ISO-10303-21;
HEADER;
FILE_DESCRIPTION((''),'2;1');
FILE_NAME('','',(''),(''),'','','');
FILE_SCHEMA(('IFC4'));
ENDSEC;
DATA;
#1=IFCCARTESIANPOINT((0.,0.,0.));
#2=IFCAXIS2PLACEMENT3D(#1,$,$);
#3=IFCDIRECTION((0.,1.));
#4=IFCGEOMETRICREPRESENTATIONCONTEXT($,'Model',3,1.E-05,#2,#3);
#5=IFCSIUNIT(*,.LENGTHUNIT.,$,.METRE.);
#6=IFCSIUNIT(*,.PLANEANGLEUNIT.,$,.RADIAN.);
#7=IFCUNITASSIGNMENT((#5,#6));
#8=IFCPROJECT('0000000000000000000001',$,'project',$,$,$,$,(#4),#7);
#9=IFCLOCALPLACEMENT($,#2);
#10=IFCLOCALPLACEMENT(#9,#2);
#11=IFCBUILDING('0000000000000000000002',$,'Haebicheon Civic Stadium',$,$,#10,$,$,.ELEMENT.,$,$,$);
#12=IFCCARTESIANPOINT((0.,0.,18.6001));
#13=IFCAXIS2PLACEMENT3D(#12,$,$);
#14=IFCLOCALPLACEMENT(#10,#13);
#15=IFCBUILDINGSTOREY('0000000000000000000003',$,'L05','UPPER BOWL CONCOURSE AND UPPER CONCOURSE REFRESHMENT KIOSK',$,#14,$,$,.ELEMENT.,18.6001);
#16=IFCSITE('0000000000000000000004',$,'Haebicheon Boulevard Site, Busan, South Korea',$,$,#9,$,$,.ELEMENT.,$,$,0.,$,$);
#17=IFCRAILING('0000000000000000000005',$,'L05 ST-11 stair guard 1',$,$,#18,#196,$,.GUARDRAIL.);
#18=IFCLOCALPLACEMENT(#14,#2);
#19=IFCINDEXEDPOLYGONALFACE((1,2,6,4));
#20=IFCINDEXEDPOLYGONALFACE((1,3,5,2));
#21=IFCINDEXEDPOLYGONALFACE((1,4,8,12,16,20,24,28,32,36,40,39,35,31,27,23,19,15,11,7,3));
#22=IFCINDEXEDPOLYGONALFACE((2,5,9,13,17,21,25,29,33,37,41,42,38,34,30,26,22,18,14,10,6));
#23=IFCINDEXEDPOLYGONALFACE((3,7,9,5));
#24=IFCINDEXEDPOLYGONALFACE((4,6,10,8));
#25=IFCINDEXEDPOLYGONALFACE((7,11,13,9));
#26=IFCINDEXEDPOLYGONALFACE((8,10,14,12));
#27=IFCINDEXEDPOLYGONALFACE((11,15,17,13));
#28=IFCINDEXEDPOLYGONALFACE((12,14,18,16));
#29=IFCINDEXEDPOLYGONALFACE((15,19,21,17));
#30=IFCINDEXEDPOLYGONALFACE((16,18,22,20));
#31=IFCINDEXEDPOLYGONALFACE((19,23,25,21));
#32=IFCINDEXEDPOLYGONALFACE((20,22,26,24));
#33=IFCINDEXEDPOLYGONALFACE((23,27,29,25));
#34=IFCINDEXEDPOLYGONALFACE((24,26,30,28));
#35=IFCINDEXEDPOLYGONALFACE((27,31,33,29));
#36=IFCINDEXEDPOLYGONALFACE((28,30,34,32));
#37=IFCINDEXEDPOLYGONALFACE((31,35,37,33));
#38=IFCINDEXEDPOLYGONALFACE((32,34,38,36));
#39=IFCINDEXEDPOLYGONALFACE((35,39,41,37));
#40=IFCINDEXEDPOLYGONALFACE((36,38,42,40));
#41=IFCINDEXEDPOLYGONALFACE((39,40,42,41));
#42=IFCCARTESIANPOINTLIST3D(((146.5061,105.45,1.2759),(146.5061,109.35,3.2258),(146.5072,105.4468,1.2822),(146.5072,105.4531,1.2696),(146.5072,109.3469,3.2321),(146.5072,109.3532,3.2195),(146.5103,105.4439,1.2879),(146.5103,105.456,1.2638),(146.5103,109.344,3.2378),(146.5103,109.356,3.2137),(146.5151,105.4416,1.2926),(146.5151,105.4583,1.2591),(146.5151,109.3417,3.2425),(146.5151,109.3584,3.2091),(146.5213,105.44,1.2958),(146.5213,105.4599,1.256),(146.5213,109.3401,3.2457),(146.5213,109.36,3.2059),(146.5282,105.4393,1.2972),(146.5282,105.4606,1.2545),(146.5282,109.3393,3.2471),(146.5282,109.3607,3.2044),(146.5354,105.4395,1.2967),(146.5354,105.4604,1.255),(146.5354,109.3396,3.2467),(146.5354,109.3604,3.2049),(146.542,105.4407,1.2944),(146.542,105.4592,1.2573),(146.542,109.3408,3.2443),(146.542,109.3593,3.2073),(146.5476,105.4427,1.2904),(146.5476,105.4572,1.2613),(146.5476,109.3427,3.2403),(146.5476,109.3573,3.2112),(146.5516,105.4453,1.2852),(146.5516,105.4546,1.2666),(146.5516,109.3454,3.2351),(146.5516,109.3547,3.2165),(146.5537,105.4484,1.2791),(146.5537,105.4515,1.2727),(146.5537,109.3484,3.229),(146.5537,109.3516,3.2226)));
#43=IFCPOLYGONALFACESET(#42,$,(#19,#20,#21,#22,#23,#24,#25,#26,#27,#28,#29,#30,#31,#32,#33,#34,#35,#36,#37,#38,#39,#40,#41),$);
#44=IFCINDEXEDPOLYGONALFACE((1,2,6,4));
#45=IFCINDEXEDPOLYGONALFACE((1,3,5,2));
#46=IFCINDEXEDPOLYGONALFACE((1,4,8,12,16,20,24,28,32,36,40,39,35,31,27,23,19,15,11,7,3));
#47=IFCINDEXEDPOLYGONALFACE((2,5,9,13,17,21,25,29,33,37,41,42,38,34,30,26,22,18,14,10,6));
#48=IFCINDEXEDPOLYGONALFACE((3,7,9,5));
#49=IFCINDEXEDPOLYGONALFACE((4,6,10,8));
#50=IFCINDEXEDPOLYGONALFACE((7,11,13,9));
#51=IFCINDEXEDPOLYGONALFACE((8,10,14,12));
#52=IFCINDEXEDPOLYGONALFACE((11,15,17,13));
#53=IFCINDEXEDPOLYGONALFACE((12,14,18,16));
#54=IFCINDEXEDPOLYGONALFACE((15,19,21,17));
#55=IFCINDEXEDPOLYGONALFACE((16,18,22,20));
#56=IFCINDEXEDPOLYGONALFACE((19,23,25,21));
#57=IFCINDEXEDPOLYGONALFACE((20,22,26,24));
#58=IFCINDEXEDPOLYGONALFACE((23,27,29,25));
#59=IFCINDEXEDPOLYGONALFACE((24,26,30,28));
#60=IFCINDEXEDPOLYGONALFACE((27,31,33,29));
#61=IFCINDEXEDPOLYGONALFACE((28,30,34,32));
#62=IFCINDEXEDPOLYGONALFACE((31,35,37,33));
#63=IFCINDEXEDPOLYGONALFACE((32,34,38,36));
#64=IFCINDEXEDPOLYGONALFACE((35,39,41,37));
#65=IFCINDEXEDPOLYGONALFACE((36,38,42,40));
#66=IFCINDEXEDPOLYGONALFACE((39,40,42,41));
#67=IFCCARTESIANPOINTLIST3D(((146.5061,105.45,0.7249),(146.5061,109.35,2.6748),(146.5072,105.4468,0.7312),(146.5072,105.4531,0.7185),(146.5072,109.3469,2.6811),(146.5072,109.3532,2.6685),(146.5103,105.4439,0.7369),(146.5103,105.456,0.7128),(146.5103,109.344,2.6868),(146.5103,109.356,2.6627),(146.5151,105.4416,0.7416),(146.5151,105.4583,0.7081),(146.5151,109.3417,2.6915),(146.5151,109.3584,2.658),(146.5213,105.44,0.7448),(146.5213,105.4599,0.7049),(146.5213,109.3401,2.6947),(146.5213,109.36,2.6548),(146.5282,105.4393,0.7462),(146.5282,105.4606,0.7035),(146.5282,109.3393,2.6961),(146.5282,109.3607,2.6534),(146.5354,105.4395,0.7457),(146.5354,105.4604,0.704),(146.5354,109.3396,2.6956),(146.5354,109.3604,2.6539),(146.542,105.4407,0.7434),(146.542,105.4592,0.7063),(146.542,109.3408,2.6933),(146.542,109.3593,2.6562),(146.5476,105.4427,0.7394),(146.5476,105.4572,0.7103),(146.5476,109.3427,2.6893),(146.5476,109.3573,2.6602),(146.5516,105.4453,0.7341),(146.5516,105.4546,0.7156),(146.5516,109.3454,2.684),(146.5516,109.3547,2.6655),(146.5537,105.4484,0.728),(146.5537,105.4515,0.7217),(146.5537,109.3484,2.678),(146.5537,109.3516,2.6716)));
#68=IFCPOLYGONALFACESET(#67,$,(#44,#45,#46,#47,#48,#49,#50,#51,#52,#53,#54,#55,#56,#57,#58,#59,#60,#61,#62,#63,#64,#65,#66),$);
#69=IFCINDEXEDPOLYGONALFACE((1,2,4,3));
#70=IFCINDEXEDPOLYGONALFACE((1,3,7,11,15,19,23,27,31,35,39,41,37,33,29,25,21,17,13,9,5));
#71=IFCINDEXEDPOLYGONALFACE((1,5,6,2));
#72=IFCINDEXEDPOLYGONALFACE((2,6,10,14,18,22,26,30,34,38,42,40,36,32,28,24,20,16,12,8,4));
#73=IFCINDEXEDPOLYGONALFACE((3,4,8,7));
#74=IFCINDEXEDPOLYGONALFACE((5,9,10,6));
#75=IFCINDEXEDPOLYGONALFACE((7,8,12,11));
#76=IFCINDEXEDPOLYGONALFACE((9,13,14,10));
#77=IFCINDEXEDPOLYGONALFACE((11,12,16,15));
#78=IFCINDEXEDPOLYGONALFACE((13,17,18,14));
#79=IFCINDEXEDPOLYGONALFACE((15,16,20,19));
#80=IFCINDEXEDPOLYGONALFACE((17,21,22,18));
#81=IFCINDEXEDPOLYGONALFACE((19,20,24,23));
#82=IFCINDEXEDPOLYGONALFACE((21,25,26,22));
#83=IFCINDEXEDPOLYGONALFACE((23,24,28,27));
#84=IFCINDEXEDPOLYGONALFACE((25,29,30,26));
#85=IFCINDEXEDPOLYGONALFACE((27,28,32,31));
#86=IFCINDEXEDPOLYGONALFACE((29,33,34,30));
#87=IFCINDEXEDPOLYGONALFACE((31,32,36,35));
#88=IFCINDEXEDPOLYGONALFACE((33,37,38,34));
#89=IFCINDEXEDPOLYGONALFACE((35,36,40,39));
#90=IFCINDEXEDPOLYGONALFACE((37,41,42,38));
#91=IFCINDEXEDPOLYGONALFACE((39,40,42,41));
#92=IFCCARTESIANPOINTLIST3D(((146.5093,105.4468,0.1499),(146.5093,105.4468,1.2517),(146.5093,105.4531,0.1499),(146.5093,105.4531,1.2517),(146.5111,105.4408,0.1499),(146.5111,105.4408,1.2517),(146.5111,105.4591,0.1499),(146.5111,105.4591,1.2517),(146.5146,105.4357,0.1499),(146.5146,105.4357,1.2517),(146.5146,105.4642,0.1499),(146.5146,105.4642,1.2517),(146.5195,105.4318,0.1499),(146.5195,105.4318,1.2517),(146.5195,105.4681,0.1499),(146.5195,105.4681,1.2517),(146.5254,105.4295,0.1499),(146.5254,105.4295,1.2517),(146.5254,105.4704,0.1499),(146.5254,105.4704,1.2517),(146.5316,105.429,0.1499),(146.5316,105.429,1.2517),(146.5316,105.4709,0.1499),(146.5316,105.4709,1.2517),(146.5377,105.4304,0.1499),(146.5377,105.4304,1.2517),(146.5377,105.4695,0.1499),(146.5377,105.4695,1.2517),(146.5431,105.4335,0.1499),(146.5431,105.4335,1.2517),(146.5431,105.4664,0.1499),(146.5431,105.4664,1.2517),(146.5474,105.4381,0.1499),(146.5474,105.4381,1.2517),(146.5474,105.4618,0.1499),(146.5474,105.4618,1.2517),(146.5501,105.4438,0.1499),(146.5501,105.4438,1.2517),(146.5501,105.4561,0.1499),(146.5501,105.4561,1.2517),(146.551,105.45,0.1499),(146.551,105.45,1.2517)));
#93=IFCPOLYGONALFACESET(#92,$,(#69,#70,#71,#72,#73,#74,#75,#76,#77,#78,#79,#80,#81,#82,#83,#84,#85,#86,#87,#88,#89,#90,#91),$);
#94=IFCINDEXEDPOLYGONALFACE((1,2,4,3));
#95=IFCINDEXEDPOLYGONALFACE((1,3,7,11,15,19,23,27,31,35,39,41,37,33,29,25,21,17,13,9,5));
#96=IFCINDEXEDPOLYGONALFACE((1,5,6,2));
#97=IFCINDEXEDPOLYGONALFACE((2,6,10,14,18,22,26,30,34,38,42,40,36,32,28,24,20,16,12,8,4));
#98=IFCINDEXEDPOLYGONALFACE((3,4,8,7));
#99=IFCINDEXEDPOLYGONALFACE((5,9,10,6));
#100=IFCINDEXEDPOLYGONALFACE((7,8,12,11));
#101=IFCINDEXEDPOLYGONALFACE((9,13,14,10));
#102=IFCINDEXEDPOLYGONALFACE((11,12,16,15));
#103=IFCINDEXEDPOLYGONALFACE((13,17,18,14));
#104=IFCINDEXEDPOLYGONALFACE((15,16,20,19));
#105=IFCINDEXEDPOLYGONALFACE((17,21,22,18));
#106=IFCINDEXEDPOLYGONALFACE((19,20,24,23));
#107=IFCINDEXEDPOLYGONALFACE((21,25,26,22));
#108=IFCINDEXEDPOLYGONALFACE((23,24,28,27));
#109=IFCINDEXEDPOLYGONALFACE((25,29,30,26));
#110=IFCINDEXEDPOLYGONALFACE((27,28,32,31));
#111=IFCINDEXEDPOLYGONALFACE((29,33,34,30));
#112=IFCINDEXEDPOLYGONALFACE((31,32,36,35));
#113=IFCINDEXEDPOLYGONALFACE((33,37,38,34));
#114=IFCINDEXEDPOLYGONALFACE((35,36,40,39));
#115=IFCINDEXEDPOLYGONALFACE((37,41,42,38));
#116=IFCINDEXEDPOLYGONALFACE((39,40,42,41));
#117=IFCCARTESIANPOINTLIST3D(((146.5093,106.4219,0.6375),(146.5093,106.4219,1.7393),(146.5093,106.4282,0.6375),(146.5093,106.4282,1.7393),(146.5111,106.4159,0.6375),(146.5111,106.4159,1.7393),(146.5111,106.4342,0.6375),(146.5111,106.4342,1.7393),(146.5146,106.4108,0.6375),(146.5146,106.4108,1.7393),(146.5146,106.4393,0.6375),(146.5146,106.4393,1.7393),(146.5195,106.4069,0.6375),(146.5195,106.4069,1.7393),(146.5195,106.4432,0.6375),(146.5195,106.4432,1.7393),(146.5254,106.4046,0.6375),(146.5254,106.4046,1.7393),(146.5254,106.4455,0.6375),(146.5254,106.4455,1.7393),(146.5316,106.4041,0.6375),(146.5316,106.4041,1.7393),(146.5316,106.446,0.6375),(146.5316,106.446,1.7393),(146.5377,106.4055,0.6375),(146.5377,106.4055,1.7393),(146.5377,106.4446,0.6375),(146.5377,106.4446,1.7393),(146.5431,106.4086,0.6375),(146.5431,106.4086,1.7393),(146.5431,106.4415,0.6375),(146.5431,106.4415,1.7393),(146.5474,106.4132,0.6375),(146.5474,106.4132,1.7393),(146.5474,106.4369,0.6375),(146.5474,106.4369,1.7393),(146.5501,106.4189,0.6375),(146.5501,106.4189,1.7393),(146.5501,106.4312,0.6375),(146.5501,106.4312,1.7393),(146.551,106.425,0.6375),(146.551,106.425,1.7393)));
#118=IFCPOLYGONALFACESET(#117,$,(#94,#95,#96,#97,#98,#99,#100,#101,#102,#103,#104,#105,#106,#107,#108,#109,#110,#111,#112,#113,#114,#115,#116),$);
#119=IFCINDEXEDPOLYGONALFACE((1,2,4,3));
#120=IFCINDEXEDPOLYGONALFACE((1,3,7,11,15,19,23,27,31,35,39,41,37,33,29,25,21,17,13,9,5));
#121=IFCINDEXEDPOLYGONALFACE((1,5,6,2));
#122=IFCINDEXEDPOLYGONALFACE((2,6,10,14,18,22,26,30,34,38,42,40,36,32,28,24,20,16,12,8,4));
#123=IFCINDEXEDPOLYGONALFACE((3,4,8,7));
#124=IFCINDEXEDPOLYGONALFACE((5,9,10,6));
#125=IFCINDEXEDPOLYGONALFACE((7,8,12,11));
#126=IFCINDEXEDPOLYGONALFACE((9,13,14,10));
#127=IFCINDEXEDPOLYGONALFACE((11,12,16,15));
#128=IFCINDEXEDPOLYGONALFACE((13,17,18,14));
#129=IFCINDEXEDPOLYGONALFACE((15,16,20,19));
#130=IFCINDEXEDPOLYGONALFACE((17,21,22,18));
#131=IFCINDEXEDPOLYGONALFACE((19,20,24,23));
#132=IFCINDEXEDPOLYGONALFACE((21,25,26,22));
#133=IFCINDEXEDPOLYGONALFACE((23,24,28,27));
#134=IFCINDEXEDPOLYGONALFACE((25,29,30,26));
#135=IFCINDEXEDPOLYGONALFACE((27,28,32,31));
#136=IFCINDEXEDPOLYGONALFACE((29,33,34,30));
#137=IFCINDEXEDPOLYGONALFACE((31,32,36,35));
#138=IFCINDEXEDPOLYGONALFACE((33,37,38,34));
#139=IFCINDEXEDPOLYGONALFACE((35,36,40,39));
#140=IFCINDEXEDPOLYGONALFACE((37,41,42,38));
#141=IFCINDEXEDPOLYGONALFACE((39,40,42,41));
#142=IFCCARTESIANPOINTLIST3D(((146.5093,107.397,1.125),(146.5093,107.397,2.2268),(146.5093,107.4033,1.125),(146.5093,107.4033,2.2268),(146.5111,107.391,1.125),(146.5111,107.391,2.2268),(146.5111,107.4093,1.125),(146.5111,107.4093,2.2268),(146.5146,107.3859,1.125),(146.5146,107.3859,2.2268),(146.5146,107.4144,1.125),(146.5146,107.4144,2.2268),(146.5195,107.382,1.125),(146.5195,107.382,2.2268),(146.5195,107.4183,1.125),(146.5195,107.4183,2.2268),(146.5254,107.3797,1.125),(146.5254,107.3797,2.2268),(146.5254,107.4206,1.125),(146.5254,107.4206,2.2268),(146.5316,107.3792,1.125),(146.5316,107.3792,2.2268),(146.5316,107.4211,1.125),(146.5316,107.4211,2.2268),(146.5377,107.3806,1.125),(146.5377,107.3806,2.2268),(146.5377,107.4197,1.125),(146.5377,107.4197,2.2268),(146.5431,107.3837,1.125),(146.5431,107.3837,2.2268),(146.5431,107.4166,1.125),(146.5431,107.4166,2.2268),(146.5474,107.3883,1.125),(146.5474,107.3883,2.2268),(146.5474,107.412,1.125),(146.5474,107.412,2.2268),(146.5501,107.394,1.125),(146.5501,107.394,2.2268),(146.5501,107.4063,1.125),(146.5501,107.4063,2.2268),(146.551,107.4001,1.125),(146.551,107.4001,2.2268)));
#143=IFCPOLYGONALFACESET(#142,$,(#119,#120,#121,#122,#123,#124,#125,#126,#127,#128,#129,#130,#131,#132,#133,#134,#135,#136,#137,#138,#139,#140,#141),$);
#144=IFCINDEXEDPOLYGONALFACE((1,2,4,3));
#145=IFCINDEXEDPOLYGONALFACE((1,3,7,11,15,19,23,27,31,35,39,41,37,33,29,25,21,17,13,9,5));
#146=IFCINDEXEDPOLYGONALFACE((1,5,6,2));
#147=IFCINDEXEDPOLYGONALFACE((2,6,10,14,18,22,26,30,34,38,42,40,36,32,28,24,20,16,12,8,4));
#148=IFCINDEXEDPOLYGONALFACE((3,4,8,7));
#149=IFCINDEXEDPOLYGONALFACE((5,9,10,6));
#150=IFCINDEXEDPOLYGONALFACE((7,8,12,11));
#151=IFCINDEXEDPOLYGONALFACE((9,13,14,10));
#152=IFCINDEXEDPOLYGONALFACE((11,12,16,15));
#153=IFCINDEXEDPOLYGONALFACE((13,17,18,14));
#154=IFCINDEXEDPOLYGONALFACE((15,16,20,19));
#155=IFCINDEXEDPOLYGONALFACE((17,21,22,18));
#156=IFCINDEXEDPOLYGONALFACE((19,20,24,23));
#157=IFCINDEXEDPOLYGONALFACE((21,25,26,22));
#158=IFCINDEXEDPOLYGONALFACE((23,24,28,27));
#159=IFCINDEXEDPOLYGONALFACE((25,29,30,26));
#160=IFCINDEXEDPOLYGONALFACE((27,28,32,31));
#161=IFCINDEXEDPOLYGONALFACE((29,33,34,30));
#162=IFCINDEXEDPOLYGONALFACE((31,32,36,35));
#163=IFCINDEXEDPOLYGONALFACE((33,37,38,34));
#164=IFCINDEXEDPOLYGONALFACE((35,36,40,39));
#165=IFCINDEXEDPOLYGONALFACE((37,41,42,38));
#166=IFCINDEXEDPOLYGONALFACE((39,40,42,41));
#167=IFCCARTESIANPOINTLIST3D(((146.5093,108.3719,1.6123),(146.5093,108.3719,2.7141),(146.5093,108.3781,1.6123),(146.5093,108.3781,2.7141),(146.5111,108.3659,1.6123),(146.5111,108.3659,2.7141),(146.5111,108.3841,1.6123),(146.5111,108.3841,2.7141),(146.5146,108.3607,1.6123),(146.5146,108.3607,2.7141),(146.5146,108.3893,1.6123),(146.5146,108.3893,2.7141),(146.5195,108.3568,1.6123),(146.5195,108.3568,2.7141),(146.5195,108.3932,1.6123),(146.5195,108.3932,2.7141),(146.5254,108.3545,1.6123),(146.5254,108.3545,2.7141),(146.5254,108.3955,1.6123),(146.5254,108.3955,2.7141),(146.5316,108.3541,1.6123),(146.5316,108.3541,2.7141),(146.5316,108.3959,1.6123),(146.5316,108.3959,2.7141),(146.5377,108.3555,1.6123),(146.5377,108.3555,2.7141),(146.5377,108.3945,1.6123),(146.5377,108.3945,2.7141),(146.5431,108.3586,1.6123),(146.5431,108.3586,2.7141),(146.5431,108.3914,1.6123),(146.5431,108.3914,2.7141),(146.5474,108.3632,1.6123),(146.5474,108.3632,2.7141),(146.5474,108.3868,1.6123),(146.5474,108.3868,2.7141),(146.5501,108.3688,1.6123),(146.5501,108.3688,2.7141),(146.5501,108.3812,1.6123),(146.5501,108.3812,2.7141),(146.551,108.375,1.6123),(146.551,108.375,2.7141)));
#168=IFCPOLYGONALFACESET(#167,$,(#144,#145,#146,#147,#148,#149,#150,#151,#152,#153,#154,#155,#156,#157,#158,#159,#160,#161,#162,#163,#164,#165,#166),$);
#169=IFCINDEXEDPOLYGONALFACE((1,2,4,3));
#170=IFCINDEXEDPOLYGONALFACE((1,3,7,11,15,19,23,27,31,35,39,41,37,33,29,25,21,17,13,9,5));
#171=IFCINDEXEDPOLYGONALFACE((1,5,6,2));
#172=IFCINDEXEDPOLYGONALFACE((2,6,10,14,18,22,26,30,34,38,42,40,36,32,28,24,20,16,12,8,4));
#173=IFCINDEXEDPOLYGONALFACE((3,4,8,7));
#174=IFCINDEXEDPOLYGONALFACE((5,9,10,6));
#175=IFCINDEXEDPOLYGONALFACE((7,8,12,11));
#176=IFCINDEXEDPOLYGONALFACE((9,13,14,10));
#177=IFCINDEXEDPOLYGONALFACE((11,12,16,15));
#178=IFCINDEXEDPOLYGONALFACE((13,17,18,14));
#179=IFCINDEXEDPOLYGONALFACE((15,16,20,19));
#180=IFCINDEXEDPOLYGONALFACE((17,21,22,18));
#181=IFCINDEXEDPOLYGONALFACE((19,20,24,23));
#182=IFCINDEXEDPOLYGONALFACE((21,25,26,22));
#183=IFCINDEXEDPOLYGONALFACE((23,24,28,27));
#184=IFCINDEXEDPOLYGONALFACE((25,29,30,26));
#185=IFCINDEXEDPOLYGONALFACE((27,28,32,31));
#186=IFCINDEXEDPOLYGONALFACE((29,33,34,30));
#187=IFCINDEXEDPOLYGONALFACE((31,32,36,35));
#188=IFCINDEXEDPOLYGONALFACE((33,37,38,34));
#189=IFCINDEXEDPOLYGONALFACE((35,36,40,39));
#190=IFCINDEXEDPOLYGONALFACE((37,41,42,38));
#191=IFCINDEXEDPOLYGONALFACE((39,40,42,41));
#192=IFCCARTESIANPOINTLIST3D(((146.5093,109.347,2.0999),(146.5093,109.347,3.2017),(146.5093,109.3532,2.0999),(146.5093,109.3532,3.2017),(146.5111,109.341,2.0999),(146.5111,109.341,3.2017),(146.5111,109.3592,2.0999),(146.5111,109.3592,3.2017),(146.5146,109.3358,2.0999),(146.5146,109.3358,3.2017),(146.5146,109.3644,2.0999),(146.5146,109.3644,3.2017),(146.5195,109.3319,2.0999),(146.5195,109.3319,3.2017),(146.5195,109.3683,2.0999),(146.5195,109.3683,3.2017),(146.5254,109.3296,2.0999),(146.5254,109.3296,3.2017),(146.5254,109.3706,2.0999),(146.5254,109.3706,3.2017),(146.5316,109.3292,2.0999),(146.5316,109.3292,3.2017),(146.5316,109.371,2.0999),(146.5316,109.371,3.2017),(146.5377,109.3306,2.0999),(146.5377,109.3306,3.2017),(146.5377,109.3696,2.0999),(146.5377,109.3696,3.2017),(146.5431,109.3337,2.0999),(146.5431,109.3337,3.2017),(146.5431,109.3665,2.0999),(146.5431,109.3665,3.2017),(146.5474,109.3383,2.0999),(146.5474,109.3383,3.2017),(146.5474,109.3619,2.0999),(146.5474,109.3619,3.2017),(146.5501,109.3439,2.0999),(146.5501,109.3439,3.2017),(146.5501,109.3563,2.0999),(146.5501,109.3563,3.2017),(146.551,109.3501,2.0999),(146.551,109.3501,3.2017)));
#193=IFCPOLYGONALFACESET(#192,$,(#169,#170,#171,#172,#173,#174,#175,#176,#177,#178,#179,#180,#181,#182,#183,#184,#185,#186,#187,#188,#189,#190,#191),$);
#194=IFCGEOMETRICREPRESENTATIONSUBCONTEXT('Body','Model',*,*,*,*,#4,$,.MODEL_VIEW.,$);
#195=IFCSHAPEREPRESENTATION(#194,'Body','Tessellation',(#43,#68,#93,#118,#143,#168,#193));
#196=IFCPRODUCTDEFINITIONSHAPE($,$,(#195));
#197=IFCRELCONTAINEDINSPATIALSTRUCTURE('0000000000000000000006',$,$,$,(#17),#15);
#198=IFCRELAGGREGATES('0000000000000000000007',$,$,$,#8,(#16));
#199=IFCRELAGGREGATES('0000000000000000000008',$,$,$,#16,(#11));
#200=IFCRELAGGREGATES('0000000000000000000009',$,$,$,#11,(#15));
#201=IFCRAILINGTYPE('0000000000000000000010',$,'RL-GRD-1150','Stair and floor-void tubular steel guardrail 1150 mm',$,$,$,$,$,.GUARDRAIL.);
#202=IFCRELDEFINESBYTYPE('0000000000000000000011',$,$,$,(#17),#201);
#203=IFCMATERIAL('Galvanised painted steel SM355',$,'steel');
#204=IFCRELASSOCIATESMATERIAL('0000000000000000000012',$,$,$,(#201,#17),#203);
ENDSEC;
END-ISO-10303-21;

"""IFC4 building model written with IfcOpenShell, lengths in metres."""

from ifc_helpers import new_model, si_unit, direction, frame, origin, origin_2d, place, context, subcontext, project, spatial, circle, extrude, material, type_object, element, save


model = new_model("IFC4")

# Units and contexts
model_context = context("Model", 3, precision=1e-05, world=origin(), true_north=direction((0.0, 1.0)))
body_context = subcontext(model_context, "Body", "Model", "MODEL_VIEW")
ifc_project = project(units=[si_unit("LENGTHUNIT", "METRE"), si_unit("PLANEANGLEUNIT", "RADIAN")], contexts=[model_context])

# Site, building, storey
site_placement = place(None, origin())
site = spatial("IfcSite", under=ifc_project, at=site_placement, Name="Haebicheon Boulevard Site, Busan, South Korea", CompositionType="ELEMENT", RefElevation=0.0)
building_placement = place(site_placement, origin())
building = spatial("IfcBuilding", under=site, at=building_placement, Name="Haebicheon Civic Stadium", CompositionType="ELEMENT")
storey_placement = place(building_placement, frame((0.0, 0.0, 18.6001)))
storey = spatial("IfcBuildingStorey", under=building, at=storey_placement, Name="L05", Description="UPPER BOWL CONCOURSE AND UPPER CONCOURSE REFRESHMENT KIOSK", CompositionType="ELEMENT", Elevation=18.6001)

# Railing
ifc_material_1 = material(Name="Galvanised painted steel SM355", Category="steel")
railing_type_1 = type_object("IfcRailingType", Name="RL-GRD-1150", Description="Stair and floor-void tubular steel guardrail 1150 mm", PredefinedType="GUARDRAIL", material=ifc_material_1)
railing_1_placement = place(storey_placement, frame((146.53, 105.45, 0.1499)))
element("IfcRailing", 1, at=railing_1_placement, inside=storey, type_object=railing_type_1, material=ifc_material_1, Name="L05 ST-11 stair guard 1", PredefinedType="GUARDRAIL", context=body_context, shape_type="SweptSolid", body=[
    extrude(circle(Radius=0.0239, at=origin_2d()), frame((0.0, 0.0, 1.126), z_axis=(0.0, 0.894438, 0.447191), x_axis=(-1.0, 0.0, 0.0)), (0.0, 0.0, 1.0), 4.3604),
    extrude(circle(Radius=0.0239, at=origin_2d()), frame((0.0, 0.0, 0.575), z_axis=(0.0, 0.894438, 0.447191), x_axis=(-1.0, 0.0, 0.0)), (0.0, 0.0, 1.0), 4.3604),
    extrude(circle(Radius=0.021, at=origin_2d()), origin(), (0.0, 0.0, 1.0), 1.1018),
    extrude(circle(Radius=0.021, at=origin_2d()), frame((0.0, 0.9751, 0.4875)), (0.0, 0.0, 1.0), 1.1018),
    extrude(circle(Radius=0.021, at=origin_2d()), frame((0.0, 1.9502, 0.9751)), (0.0, 0.0, 1.0), 1.1018),
    extrude(circle(Radius=0.021, at=origin_2d()), frame((0.0, 2.925, 1.4624)), (0.0, 0.0, 1.0), 1.1018),
    extrude(circle(Radius=0.021, at=origin_2d()), frame((0.0, 3.9001, 1.95)), (0.0, 0.0, 1.0), 1.1018),
])

save(model, "model.ifc")
